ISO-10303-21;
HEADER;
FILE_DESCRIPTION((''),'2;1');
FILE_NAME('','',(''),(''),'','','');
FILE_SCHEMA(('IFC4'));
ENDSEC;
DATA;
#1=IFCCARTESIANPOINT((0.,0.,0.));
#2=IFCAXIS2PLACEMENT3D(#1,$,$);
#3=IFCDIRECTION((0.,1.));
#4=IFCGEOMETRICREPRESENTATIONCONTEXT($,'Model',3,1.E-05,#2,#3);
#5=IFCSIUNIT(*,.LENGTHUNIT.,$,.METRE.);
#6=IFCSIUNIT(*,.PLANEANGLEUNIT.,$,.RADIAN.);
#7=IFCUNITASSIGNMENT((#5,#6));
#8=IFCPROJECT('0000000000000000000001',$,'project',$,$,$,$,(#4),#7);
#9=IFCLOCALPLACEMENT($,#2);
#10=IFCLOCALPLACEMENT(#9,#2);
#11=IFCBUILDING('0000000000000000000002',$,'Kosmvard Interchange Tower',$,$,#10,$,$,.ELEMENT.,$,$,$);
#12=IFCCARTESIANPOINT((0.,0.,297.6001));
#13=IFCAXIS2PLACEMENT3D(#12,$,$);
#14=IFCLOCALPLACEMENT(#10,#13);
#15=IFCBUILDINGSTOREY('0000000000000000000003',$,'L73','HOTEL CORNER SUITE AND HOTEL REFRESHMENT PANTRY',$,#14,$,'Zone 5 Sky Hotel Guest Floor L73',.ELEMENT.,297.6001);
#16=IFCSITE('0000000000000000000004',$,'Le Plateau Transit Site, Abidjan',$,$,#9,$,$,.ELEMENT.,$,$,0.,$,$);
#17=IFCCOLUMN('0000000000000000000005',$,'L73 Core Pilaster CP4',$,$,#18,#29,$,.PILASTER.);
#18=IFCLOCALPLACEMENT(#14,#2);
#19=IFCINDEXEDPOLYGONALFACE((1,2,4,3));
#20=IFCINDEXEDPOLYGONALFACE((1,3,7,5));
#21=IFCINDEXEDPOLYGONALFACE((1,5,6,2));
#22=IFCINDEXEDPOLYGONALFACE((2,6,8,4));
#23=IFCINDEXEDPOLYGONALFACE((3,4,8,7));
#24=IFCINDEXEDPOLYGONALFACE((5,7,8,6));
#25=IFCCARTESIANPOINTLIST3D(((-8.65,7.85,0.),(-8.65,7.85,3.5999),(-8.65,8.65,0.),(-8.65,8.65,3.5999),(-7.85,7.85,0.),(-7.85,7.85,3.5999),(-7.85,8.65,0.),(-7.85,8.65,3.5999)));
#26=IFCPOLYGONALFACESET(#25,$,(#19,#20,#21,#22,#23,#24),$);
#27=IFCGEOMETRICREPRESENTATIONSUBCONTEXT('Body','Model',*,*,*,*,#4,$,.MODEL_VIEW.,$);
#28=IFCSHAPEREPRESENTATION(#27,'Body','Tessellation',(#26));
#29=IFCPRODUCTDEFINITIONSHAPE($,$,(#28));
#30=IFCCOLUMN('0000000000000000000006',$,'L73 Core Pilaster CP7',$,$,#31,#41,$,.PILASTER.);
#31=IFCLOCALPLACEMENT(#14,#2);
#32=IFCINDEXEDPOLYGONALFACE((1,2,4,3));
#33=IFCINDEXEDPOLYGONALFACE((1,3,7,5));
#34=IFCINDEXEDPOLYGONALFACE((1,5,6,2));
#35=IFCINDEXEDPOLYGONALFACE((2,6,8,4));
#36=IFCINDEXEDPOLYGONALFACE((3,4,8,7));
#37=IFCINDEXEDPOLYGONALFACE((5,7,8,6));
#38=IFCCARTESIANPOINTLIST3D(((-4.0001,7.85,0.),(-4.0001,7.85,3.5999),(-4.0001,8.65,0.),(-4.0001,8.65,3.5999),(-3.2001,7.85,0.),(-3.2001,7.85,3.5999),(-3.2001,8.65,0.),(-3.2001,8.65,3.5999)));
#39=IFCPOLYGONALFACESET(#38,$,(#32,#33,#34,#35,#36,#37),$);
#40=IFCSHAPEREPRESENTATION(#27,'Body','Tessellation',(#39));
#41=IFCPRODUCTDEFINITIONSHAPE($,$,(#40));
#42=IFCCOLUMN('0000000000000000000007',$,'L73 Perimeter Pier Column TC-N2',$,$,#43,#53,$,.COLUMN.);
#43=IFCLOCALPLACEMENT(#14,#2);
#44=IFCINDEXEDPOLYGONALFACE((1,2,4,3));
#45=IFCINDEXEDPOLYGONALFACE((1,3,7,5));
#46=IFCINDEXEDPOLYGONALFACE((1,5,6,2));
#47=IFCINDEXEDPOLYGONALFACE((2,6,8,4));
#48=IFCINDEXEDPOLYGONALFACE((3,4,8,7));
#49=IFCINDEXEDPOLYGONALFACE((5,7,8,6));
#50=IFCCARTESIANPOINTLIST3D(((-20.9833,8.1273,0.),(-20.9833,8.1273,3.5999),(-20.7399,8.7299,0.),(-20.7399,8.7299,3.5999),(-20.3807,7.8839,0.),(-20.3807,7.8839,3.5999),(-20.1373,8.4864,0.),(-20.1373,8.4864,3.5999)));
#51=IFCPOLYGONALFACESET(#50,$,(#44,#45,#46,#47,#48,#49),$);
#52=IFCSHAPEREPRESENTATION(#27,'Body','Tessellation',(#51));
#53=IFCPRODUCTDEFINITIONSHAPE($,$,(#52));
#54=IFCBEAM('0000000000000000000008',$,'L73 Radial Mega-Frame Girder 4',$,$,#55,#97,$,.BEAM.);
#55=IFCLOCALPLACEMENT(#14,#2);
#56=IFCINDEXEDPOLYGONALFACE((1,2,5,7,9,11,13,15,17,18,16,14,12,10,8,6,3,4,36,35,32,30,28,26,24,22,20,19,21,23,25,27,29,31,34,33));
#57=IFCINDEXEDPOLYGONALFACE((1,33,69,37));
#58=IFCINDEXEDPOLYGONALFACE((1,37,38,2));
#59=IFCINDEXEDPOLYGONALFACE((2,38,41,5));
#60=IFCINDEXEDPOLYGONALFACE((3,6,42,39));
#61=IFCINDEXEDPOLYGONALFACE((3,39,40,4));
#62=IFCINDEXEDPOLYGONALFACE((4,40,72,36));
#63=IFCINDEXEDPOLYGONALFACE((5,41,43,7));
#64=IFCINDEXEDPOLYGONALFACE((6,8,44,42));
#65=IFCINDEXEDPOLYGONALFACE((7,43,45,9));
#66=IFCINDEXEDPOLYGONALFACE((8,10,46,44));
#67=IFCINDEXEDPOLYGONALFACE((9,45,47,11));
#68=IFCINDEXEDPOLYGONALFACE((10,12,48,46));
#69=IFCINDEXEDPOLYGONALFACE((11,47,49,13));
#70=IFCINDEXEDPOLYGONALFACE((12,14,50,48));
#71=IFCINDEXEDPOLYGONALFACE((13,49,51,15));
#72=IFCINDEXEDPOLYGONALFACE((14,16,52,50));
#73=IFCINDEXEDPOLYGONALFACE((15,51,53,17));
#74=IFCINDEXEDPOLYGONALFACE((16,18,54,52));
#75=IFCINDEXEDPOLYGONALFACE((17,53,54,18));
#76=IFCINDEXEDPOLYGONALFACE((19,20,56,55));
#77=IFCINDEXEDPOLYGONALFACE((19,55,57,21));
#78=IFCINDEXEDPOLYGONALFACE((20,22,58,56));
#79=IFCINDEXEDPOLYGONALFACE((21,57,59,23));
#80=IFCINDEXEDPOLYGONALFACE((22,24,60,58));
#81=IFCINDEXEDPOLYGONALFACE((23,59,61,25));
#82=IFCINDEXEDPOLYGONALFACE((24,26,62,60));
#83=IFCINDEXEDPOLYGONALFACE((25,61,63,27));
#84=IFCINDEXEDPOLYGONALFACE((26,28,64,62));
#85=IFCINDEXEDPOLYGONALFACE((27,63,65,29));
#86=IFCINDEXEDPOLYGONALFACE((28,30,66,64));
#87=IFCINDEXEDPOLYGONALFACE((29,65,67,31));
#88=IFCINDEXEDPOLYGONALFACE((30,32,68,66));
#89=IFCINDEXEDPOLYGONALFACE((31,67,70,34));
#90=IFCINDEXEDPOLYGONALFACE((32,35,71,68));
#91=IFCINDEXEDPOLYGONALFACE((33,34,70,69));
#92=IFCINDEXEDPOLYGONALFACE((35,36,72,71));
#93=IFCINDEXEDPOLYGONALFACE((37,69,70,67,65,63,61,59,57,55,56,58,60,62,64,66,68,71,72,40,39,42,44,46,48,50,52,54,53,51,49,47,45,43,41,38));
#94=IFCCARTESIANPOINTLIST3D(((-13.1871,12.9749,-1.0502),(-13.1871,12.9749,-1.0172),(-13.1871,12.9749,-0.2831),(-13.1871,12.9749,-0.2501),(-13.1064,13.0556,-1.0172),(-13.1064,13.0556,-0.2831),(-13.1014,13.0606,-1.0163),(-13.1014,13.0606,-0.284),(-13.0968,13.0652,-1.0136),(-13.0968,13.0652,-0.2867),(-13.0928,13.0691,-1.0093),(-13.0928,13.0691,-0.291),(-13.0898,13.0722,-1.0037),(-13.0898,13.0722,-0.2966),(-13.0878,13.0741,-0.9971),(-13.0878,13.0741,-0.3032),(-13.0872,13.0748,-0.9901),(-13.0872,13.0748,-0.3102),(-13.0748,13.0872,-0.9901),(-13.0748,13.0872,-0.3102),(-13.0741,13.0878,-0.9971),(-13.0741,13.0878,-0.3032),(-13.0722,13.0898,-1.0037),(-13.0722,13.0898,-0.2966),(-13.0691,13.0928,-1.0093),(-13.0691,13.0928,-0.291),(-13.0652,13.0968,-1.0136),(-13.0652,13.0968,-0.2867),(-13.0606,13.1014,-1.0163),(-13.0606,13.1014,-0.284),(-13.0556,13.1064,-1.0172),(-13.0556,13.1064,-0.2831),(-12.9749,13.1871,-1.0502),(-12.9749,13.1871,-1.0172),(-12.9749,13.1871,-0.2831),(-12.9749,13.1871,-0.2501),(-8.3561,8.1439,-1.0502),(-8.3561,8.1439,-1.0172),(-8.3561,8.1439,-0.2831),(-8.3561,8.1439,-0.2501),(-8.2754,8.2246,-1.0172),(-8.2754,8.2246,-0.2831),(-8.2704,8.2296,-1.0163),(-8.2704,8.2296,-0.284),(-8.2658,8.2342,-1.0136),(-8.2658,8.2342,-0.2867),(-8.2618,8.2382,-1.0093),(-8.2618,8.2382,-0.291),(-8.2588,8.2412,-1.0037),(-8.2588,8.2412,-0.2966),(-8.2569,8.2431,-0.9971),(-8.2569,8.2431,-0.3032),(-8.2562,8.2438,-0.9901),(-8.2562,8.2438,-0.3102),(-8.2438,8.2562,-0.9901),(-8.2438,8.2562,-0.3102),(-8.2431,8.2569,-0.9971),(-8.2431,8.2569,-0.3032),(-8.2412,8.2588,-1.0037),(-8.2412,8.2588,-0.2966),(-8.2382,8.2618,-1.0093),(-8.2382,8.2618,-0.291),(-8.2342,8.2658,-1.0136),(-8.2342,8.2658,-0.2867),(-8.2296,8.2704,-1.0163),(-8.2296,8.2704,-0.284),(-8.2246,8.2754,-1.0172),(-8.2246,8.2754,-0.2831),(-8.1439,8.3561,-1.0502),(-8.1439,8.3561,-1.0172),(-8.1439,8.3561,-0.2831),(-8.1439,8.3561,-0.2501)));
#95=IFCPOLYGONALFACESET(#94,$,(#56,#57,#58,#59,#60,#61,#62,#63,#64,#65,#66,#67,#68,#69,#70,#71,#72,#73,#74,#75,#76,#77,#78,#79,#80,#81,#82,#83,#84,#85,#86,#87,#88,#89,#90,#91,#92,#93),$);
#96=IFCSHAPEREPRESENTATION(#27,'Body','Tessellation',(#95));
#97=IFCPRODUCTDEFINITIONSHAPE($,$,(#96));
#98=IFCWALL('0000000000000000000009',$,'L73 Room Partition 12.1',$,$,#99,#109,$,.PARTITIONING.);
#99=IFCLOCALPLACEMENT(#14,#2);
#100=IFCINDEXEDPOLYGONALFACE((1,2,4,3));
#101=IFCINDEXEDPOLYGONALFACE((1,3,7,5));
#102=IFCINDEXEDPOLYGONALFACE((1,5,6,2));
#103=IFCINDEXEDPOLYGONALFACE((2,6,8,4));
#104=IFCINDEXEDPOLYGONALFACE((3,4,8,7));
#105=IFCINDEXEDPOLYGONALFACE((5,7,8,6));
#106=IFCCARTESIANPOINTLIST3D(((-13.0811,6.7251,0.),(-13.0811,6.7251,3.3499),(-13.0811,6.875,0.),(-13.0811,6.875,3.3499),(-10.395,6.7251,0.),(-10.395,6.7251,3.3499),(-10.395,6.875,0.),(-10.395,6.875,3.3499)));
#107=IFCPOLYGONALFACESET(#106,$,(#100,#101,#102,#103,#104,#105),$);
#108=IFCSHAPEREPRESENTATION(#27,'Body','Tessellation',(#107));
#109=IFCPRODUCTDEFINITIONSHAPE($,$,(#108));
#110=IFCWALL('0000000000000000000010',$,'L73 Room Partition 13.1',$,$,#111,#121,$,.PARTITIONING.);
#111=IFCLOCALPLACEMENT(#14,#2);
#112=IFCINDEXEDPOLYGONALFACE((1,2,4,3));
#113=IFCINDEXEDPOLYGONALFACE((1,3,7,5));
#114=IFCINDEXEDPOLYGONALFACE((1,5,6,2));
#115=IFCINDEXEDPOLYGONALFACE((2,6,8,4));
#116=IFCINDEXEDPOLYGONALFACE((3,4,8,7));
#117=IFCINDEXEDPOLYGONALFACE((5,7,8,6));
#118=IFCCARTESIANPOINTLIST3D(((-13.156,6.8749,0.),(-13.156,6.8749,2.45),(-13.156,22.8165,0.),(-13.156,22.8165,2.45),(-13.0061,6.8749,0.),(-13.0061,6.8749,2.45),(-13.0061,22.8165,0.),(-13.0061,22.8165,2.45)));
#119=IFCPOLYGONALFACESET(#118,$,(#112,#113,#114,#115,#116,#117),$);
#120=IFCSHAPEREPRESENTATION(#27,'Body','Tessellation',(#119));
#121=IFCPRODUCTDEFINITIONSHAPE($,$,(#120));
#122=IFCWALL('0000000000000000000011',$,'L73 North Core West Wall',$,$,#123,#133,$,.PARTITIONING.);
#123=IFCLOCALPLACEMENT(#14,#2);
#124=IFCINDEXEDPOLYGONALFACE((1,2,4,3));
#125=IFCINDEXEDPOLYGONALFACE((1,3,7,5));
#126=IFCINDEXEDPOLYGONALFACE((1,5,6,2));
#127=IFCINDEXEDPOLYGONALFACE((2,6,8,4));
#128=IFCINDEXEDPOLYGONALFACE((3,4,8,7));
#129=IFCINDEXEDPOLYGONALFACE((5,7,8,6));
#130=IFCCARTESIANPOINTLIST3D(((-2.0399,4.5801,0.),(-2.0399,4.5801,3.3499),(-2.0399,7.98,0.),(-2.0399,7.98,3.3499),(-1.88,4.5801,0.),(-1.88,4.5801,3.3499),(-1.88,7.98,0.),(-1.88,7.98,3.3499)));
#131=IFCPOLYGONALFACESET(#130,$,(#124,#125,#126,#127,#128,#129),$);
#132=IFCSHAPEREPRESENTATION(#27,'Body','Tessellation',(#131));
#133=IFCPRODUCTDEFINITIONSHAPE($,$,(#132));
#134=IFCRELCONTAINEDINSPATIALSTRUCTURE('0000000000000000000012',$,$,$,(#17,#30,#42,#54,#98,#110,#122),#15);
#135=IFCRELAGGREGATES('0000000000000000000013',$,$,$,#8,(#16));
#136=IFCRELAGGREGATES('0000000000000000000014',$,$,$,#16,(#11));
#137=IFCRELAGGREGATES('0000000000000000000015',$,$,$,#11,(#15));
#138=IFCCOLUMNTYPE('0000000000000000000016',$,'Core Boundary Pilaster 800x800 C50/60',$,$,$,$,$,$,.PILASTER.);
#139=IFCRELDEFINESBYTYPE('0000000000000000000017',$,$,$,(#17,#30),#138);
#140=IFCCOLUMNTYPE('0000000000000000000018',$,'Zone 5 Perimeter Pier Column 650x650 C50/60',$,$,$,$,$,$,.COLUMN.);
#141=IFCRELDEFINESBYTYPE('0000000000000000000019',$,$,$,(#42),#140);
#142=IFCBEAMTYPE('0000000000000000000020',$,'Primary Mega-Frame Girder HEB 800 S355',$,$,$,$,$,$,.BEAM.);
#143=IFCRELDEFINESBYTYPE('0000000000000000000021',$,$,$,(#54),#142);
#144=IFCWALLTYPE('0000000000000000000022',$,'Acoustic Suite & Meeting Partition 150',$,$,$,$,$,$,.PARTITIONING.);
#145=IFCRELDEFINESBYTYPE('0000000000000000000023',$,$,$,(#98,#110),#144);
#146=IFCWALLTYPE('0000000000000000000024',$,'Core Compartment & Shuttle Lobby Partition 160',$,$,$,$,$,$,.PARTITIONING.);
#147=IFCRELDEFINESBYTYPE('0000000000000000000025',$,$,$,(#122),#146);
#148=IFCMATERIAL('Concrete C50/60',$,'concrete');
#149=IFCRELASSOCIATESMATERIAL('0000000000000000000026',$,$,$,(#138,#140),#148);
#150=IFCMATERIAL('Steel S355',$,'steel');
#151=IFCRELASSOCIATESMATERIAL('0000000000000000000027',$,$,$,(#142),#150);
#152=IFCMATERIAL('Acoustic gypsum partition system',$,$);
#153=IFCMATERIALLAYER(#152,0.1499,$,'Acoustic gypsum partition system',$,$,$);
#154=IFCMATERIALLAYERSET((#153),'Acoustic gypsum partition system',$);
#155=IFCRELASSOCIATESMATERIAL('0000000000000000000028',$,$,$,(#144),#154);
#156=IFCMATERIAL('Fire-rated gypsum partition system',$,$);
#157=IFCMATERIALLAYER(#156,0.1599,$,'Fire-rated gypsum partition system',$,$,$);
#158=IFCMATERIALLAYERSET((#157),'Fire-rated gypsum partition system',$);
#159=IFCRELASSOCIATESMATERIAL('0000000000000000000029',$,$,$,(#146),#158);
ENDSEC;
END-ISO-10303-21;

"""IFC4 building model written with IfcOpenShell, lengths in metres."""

from ifc_helpers import new_model, si_unit, direction, frame, frame_2d, origin, origin_2d, place, context, subcontext, project, spatial, rectangle, i_section, extrude, source, transform, mapped, material, layer, layer_set, material_profile, profile_set, type_object, element, save


model = new_model("IFC4")

# Units and contexts
model_context = context("Model", 3, precision=1e-05, world=origin(), true_north=direction((0.0, 1.0)))
body_context = subcontext(model_context, "Body", "Model", "MODEL_VIEW")
ifc_project = project(units=[si_unit("LENGTHUNIT", "METRE"), si_unit("PLANEANGLEUNIT", "RADIAN")], contexts=[model_context])

# Site, building, storey
site_placement = place(None, origin())
site = spatial("IfcSite", under=ifc_project, at=site_placement, Name="Le Plateau Transit Site, Abidjan", CompositionType="ELEMENT", RefElevation=0.0)
building_placement = place(site_placement, origin())
building = spatial("IfcBuilding", under=site, at=building_placement, Name="Kosmvard Interchange Tower", CompositionType="ELEMENT")
storey_placement = place(building_placement, frame((0.0, 0.0, 297.6001)))
storey = spatial("IfcBuildingStorey", under=building, at=storey_placement, Name="L73", Description="HOTEL CORNER SUITE AND HOTEL REFRESHMENT PANTRY", LongName="Zone 5 Sky Hotel Guest Floor L73", CompositionType="ELEMENT", Elevation=297.6001)

# Columns
ifc_material_1 = material(Name="Concrete C50/60", Category="concrete")
ifc_material_profile_1 = material_profile(ifc_material_1, rectangle(XDim=0.8, YDim=0.8, at=origin_2d()), Name="CP 800x800")
ifc_profile_set_1 = profile_set([ifc_material_profile_1], Name="Concrete C50/60")
column_type_1 = type_object("IfcColumnType", Name="Core Boundary Pilaster 800x800 C50/60", PredefinedType="PILASTER", material=ifc_profile_set_1)
shared_shape_1 = source(origin(), body_context, "Body", "SweptSolid", [
    extrude(rectangle(XDim=0.8, YDim=0.8, at=origin_2d()), origin(), (0.0, 0.0, 1.0), 3.5999),
])
for number, where, z_axis, x_axis, name in (
    (1, (-8.25, 8.25, 0.0), (0.0, 0.0, 1.0), (1.0, 0.0, 0.0), "L73 Core Pilaster CP4"),
    (2, (-3.6001, 8.25, 0.0), (0.0, 0.0, 1.0), (1.0, 0.0, 0.0), "L73 Core Pilaster CP7"),
):
    element("IfcColumn", number, at=place(storey_placement, frame(where, z_axis=z_axis, x_axis=x_axis)), inside=storey, type_object=column_type_1, Name=name, PredefinedType="PILASTER", context=body_context, shape_type="MappedRepresentation", body=[
        mapped(shared_shape_1, transform((0.0, 0.0, 0.0), scale=1.0)),
    ])
ifc_material_profile_2 = material_profile(ifc_material_1, rectangle(XDim=0.6499, YDim=0.6499, at=origin_2d()), Name="TC 650x650")
ifc_profile_set_2 = profile_set([ifc_material_profile_2], Name="Concrete C50/60")
column_type_2 = type_object("IfcColumnType", Name="Zone 5 Perimeter Pier Column 650x650 C50/60", PredefinedType="COLUMN", material=ifc_profile_set_2)
shared_shape_2 = source(origin(), body_context, "Body", "SweptSolid", [
    extrude(rectangle(XDim=0.6499, YDim=0.6499, at=origin_2d()), origin(), (0.0, 0.0, 1.0), 3.5999),
])
column_placement = place(storey_placement, frame((-20.5603, 8.3069, 0.0), z_axis=(0.0, 0.0, 1.0), x_axis=(0.374607, 0.927184, 0.0)))
element("IfcColumn", 3, at=column_placement, inside=storey, type_object=column_type_2, Name="L73 Perimeter Pier Column TC-N2", PredefinedType="COLUMN", context=body_context, shape_type="MappedRepresentation", body=[
    mapped(shared_shape_2, transform((0.0, 0.0, 0.0), scale=1.0)),
])

# Beam
ifc_material_2 = material(Name="Steel S355", Category="steel")
ifc_material_profile_3 = material_profile(ifc_material_2, i_section(OverallWidth=0.3, OverallDepth=0.8, WebThickness=0.0176, FlangeThickness=0.033, FilletRadius=0.0271, at=origin_2d()), Name="HEB 800")
ifc_profile_set_3 = profile_set([ifc_material_profile_3], Name="Steel S355")
beam_type = type_object("IfcBeamType", Name="Primary Mega-Frame Girder HEB 800 S355", PredefinedType="BEAM", material=ifc_profile_set_3)
shared_shape_3 = source(origin(), body_context, "Body", "SweptSolid", [
    extrude(i_section(OverallWidth=0.3, OverallDepth=0.8, WebThickness=0.0176, FlangeThickness=0.033, FilletRadius=0.0271, at=origin_2d()), origin(), (0.0, 0.0, 1.0), 6.832),
])
beam_placement = place(storey_placement, frame((-8.25, 8.25, -0.6501), z_axis=(-0.707107, 0.707107, 0.0), x_axis=(-0.707107, -0.707107, 0.0)))
element("IfcBeam", 4, at=beam_placement, inside=storey, type_object=beam_type, Name="L73 Radial Mega-Frame Girder 4", PredefinedType="BEAM", context=body_context, shape_type="MappedRepresentation", body=[
    mapped(shared_shape_3, transform((0.0, 0.0, 0.0), scale=1.0)),
])

# Walls
ifc_material_3 = material(Name="Acoustic gypsum partition system")
ifc_layer_1 = layer(ifc_material_3, 0.1499, Name="Acoustic gypsum partition system")
ifc_layer_set_1 = layer_set([ifc_layer_1], Name="Acoustic gypsum partition system")
wall_type_1 = type_object("IfcWallType", Name="Acoustic Suite & Meeting Partition 150", PredefinedType="PARTITIONING", material=ifc_layer_set_1)
wall_1_placement = place(storey_placement, frame((-10.395, 6.8, 0.0), z_axis=(0.0, 0.0, 1.0), x_axis=(-1.0, 0.0, 0.0)))
element("IfcWall", 5, at=wall_1_placement, inside=storey, type_object=wall_type_1, Name="L73 Room Partition 12.1", PredefinedType="PARTITIONING", context=body_context, shape_type="SweptSolid", body=[
    extrude(rectangle(XDim=2.686, YDim=0.1499, at=frame_2d((1.343, 0.0))), origin(), (0.0, 0.0, 1.0), 3.3499),
])
wall_2_placement = place(storey_placement, frame((-13.0811, 6.875, 0.0), z_axis=(0.0, 0.0, 1.0), x_axis=(0.0, 1.0, 0.0)))
element("IfcWall", 6, at=wall_2_placement, inside=storey, type_object=wall_type_1, Name="L73 Room Partition 13.1", PredefinedType="PARTITIONING", context=body_context, shape_type="SweptSolid", body=[
    extrude(rectangle(XDim=15.9417, YDim=0.1499, at=frame_2d((7.9707, 0.0))), origin(), (0.0, 0.0, 1.0), 2.45),
])
ifc_material_4 = material(Name="Fire-rated gypsum partition system")
ifc_layer_2 = layer(ifc_material_4, 0.1599, Name="Fire-rated gypsum partition system")
ifc_layer_set_2 = layer_set([ifc_layer_2], Name="Fire-rated gypsum partition system")
wall_type_2 = type_object("IfcWallType", Name="Core Compartment & Shuttle Lobby Partition 160", PredefinedType="PARTITIONING", material=ifc_layer_set_2)
wall_3_placement = place(storey_placement, frame((-1.96, 4.5801, 0.0), z_axis=(0.0, 0.0, 1.0), x_axis=(0.0, 1.0, 0.0)))
element("IfcWall", 7, at=wall_3_placement, inside=storey, type_object=wall_type_2, Name="L73 North Core West Wall", PredefinedType="PARTITIONING", context=body_context, shape_type="SweptSolid", body=[
    extrude(rectangle(XDim=3.3999, YDim=0.1599, at=frame_2d((1.7, 0.0))), origin(), (0.0, 0.0, 1.0), 3.3499),
])

save(model, "model.ifc")
